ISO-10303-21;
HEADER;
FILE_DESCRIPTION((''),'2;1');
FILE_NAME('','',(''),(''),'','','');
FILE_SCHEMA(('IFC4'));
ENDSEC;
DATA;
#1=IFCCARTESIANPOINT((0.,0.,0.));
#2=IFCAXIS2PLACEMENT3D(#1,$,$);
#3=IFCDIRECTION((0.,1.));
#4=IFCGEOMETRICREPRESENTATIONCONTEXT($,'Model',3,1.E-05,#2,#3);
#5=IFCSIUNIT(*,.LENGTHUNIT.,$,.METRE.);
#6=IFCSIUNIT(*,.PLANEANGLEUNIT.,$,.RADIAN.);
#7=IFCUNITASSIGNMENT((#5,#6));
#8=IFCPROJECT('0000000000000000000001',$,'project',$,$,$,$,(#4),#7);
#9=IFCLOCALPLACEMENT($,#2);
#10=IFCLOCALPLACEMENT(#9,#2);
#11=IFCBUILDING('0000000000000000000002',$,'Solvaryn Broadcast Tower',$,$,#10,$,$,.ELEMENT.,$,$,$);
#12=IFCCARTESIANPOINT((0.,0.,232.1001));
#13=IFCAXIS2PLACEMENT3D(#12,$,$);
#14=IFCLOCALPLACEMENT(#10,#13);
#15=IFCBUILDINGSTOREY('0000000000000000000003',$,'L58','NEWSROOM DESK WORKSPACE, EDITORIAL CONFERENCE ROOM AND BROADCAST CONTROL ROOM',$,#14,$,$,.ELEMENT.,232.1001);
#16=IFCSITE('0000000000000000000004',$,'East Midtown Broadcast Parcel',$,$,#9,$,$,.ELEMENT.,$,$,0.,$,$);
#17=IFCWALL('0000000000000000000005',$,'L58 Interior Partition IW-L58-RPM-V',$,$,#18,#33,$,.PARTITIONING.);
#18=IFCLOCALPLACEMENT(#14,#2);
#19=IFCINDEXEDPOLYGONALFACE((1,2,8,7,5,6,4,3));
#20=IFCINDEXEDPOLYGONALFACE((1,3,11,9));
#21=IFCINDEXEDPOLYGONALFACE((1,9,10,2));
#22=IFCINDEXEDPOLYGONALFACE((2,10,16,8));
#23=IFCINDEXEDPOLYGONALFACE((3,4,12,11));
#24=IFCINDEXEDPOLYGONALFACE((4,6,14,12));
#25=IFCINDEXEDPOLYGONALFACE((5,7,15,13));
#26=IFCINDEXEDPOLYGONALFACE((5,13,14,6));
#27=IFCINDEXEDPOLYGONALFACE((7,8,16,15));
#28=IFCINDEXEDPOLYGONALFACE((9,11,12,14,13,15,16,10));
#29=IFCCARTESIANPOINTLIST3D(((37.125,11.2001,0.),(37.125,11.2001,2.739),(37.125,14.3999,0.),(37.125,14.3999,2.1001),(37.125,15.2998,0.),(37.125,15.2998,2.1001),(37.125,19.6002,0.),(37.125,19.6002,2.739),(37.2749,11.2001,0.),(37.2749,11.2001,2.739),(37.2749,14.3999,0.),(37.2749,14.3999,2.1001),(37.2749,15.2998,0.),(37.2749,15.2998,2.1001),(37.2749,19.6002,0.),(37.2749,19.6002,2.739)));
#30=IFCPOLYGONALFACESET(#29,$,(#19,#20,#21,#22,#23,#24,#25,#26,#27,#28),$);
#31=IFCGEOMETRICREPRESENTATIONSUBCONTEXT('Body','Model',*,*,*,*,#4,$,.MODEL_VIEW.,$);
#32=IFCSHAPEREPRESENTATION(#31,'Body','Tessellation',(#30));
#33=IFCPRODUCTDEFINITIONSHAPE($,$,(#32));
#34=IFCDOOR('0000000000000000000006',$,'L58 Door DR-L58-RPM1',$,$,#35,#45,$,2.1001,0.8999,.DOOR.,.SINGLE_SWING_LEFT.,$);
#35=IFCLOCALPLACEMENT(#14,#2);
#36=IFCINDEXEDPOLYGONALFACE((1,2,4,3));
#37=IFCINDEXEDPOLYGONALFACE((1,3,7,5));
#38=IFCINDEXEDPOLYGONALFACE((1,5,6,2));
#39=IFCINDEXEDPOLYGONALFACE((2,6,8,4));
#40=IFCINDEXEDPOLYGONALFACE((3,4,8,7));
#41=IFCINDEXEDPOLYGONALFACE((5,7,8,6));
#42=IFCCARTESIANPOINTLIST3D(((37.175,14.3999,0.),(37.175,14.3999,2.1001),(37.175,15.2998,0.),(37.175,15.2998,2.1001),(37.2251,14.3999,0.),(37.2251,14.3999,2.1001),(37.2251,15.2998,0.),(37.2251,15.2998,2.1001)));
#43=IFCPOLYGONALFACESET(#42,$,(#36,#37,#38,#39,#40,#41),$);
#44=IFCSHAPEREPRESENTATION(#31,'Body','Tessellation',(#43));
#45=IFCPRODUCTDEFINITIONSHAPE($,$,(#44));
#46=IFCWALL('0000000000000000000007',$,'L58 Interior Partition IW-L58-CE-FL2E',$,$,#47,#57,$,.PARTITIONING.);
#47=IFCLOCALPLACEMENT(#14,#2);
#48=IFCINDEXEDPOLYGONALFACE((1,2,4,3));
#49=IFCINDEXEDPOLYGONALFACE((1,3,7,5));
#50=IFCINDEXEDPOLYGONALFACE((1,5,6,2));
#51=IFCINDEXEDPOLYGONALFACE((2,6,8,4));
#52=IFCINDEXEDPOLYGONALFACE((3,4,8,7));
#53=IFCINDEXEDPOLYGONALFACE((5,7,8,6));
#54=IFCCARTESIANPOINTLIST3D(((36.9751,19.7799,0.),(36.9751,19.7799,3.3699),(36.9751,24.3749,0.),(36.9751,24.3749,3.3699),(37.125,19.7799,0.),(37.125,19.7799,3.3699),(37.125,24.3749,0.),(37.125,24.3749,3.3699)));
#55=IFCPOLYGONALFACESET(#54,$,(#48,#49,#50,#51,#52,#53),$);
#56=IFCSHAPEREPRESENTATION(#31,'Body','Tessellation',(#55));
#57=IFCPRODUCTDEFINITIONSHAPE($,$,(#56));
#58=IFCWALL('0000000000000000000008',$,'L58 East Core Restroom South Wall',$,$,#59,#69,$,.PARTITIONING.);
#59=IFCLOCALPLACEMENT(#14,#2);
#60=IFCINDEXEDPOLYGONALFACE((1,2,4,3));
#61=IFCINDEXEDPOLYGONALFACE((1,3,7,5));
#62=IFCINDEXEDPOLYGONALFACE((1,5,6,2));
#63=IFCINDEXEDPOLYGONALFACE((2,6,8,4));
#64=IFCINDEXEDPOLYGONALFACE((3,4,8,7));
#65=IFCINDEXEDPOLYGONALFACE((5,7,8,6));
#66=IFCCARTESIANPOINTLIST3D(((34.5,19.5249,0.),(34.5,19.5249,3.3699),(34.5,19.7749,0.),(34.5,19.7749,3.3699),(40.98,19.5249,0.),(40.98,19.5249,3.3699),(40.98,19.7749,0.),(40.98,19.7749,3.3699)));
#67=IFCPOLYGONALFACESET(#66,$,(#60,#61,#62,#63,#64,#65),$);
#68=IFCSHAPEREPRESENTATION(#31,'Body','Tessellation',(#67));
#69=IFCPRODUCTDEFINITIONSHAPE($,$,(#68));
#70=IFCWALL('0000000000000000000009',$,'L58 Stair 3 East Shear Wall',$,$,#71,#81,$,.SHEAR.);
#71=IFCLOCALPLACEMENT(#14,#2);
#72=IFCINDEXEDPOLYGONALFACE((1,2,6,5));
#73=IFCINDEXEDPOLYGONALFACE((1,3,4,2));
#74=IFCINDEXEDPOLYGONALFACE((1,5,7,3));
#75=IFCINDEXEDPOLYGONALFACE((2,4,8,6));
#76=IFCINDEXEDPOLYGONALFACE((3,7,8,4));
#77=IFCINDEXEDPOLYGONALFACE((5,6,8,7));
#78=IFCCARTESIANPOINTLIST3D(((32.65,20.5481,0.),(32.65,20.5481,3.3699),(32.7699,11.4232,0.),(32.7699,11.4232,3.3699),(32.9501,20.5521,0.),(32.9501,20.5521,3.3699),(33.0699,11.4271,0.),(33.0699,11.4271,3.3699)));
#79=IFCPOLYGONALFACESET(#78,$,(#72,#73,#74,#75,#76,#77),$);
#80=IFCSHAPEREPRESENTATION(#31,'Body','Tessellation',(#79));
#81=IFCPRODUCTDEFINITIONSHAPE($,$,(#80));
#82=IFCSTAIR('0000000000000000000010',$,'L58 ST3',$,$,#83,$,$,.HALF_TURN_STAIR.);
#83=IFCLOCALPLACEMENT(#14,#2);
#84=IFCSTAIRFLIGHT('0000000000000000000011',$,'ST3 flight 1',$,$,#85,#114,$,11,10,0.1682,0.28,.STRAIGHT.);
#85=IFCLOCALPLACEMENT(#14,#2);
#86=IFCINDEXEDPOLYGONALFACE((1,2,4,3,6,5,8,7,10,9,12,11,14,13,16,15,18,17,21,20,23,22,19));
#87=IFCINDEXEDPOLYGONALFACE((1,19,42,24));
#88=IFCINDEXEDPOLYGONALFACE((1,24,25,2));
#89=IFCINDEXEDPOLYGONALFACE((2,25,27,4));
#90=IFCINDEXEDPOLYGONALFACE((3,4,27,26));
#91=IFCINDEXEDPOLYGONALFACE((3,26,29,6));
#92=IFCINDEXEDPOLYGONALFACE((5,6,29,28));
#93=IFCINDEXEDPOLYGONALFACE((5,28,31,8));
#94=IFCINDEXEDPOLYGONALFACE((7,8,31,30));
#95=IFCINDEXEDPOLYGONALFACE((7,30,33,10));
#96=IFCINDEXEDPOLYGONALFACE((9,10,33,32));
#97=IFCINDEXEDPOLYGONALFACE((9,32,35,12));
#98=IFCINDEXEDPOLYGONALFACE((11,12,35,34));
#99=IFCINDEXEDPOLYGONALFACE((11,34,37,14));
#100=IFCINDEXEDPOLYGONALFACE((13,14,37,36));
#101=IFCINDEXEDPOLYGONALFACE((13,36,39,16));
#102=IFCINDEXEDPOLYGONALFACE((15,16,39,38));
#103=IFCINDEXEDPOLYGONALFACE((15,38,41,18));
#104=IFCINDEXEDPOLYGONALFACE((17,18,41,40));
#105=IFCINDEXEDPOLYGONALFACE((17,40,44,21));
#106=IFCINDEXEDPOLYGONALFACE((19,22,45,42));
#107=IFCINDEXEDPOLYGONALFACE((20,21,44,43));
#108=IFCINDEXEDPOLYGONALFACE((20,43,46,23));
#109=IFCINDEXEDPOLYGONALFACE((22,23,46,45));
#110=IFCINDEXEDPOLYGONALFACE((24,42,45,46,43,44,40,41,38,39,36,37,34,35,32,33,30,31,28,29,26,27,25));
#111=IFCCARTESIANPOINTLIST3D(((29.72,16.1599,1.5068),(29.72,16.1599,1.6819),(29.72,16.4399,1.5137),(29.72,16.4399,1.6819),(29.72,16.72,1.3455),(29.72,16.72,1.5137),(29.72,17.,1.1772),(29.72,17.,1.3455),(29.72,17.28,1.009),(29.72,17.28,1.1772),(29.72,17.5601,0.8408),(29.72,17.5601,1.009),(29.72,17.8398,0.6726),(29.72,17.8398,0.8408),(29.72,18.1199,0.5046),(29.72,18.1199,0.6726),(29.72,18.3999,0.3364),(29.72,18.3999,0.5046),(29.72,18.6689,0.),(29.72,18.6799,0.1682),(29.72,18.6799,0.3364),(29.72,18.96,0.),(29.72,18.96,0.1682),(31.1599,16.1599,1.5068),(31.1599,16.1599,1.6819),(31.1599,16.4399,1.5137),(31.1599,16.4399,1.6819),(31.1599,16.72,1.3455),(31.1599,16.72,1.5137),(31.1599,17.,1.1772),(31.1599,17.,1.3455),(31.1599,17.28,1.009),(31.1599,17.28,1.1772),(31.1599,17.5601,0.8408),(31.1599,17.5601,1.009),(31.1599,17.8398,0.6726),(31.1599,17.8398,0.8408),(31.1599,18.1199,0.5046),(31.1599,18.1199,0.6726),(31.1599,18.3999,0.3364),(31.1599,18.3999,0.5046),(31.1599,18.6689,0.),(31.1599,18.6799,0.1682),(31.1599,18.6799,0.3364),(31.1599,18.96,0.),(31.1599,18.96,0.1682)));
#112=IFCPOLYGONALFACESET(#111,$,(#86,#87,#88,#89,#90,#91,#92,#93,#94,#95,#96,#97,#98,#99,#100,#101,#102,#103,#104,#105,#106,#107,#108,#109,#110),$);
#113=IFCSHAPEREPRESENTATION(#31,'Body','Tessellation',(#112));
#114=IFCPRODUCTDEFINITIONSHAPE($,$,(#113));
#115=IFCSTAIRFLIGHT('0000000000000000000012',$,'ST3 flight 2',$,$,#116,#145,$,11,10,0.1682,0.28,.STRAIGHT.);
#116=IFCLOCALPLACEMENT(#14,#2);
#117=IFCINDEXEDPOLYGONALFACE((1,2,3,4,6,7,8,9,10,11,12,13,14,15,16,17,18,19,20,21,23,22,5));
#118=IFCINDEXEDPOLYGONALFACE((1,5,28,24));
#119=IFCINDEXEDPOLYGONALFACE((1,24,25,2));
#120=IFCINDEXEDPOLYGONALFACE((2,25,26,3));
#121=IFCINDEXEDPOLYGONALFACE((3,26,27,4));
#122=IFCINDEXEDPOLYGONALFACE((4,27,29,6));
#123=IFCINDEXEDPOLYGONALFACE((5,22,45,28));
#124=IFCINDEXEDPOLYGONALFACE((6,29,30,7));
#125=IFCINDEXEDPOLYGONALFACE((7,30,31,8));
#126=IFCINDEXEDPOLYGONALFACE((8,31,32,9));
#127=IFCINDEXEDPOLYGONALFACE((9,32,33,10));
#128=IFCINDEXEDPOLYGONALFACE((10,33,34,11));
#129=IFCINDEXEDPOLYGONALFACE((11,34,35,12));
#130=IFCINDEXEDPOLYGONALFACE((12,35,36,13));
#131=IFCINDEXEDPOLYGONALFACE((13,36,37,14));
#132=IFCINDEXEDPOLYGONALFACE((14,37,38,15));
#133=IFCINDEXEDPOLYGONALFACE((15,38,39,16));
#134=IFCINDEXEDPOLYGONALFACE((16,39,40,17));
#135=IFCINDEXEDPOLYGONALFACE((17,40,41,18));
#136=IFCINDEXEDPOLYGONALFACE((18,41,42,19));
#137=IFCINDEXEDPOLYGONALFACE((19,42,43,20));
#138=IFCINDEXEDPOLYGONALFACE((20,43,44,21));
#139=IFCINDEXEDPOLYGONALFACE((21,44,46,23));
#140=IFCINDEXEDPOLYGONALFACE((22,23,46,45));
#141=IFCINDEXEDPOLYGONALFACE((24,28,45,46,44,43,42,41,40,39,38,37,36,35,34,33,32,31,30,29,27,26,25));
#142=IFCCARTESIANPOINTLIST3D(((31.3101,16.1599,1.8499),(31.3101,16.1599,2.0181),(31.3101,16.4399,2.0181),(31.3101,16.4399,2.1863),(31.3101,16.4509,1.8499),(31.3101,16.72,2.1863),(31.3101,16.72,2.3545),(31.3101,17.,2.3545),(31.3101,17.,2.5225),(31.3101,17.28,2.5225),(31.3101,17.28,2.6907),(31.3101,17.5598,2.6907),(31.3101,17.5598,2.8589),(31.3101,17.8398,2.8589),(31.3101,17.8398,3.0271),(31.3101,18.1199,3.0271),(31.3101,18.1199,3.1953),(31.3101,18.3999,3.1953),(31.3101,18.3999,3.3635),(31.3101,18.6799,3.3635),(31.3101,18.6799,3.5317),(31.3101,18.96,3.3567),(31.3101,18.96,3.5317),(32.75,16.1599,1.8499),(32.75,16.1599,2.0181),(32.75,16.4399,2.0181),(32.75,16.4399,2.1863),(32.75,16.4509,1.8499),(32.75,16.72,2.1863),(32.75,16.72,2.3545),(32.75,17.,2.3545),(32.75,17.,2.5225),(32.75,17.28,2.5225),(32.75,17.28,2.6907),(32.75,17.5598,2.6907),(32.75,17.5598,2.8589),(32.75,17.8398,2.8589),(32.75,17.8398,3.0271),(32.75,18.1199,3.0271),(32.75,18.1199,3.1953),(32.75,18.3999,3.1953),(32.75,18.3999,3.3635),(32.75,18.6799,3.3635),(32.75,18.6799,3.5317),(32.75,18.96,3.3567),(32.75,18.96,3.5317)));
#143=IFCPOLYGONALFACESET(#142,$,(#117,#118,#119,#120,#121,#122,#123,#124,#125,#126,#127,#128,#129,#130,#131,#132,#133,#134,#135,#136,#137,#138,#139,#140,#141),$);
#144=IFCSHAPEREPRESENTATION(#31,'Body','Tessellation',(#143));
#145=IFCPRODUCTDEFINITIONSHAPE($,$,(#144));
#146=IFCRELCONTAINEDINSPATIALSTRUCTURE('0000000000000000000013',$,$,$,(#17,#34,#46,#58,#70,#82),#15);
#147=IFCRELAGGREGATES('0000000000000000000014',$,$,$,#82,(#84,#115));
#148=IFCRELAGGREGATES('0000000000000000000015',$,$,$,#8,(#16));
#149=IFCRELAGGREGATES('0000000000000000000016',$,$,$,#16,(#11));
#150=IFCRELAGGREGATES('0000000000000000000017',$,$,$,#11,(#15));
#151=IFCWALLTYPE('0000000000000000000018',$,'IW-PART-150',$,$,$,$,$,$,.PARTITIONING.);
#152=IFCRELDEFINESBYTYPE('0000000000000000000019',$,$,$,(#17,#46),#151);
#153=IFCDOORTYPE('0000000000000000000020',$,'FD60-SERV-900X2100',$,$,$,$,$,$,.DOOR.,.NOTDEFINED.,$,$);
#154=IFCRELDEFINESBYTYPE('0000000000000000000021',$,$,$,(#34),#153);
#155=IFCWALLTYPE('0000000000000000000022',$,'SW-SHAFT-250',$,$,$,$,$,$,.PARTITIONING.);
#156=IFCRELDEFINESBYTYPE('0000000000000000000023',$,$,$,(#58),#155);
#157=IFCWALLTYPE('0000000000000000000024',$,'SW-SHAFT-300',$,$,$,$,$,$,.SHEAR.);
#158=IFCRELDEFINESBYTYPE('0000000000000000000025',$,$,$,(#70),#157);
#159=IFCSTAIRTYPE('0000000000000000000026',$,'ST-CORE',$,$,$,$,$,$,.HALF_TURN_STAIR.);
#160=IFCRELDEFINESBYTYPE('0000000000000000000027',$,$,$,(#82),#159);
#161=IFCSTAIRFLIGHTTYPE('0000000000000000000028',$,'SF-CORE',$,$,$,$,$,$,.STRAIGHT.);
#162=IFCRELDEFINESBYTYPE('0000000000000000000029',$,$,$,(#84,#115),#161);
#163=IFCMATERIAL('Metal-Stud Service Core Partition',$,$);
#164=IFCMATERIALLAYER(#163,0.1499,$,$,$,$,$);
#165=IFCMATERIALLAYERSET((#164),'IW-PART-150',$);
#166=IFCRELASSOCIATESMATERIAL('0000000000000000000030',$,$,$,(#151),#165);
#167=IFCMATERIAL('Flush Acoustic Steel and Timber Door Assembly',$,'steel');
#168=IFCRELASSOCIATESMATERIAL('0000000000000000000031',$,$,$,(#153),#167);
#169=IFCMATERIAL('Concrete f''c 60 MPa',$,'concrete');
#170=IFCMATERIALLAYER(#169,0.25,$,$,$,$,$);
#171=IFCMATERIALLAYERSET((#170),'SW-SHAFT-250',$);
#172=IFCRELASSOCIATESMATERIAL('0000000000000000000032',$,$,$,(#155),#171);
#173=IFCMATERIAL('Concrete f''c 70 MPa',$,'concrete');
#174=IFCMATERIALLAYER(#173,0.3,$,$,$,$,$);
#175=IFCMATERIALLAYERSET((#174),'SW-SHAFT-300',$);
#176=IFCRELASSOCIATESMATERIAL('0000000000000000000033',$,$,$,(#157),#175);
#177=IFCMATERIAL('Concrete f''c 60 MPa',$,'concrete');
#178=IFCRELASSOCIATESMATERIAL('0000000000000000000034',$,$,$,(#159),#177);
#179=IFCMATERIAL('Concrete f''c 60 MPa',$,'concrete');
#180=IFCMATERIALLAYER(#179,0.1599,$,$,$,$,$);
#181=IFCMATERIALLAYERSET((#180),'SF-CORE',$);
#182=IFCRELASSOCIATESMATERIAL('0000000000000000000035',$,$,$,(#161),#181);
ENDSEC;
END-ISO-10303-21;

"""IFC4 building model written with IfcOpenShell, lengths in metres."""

from ifc_helpers import new_model, si_unit, direction, frame, frame_2d, origin, place, context, subcontext, project, spatial, polyline, rectangle, outline, extrude, material, layer, layer_set, type_object, element, fill, aggregate, save


model = new_model("IFC4")

# Units and contexts
model_context = context("Model", 3, precision=1e-05, world=origin(), true_north=direction((0.0, 1.0)))
body_context = subcontext(model_context, "Body", "Model", "MODEL_VIEW")
ifc_project = project(units=[si_unit("LENGTHUNIT", "METRE"), si_unit("PLANEANGLEUNIT", "RADIAN")], contexts=[model_context])

# Site, building, storey
site_placement = place(None, origin())
site = spatial("IfcSite", under=ifc_project, at=site_placement, Name="East Midtown Broadcast Parcel", CompositionType="ELEMENT", RefElevation=0.0)
building_placement = place(site_placement, origin())
building = spatial("IfcBuilding", under=site, at=building_placement, Name="Solvaryn Broadcast Tower", CompositionType="ELEMENT")
storey_placement = place(building_placement, frame((0.0, 0.0, 232.1001)))
storey = spatial("IfcBuildingStorey", under=building, at=storey_placement, Name="L58", Description="NEWSROOM DESK WORKSPACE, EDITORIAL CONFERENCE ROOM AND BROADCAST CONTROL ROOM", CompositionType="ELEMENT", Elevation=232.1001)

# Wall, opening, door
ifc_material_1 = material(Name="Metal-Stud Service Core Partition")
ifc_layer_1 = layer(ifc_material_1, 0.1499)
ifc_layer_set_1 = layer_set([ifc_layer_1], Name="IW-PART-150")
wall_type_1 = type_object("IfcWallType", Name="IW-PART-150", PredefinedType="PARTITIONING", material=ifc_layer_set_1)
wall_1_placement = place(storey_placement, frame((37.2, 11.2, 0.0), z_axis=(0.0, 0.0, 1.0), x_axis=(0.0, 1.0, 0.0)))
wall_1 = element("IfcWall", 1, at=wall_1_placement, inside=storey, type_object=wall_type_1, Name="L58 Interior Partition IW-L58-RPM-V", PredefinedType="PARTITIONING", context=body_context, shape_type="SweptSolid", body=[
    extrude(rectangle(XDim=8.4001, YDim=0.1499, at=frame_2d((4.2002, 0.0))), origin(), (0.0, 0.0, 1.0), 2.739),
])
opening_placement = place(wall_1_placement, frame((3.2, 0.0, 0.0)))
opening = element("IfcOpeningElement", 2, at=opening_placement, cuts=wall_1, PredefinedType="OPENING", context=body_context, shape_type="SweptSolid", body=[
    extrude(rectangle(XDim=0.8999, YDim=2.1001, at=frame_2d((0.45, 1.05))), frame((0.0, 0.085, 0.0), z_axis=(0.0, -1.0, 0.0), x_axis=(1.0, 0.0, 0.0)), (0.0, 0.0, 1.0), 0.1699),
])
ifc_material_2 = material(Name="Flush Acoustic Steel and Timber Door Assembly", Category="steel")
door_type = type_object("IfcDoorType", Name="FD60-SERV-900X2100", OperationType="NOTDEFINED", PredefinedType="DOOR", material=ifc_material_2)
door_placement = place(opening_placement, origin())
door = element("IfcDoor", 3, at=door_placement, inside=storey, type_object=door_type, Name="L58 Door DR-L58-RPM1", OperationType="SINGLE_SWING_LEFT", OverallHeight=2.1001, OverallWidth=0.8999, PredefinedType="DOOR", context=body_context, shape_type="SweptSolid", body=[
    extrude(rectangle(XDim=0.8999, YDim=2.1001, at=frame_2d((0.45, 1.05))), frame((0.0, 0.0249, 0.0), z_axis=(0.0, -1.0, 0.0), x_axis=(1.0, 0.0, 0.0)), (0.0, 0.0, 1.0), 0.05),
])
fill(opening, door)

# Walls
wall_2_placement = place(storey_placement, frame((37.05, 19.78, 0.0), z_axis=(0.0, 0.0, 1.0), x_axis=(0.0, 1.0, 0.0)))
element("IfcWall", 4, at=wall_2_placement, inside=storey, type_object=wall_type_1, Name="L58 Interior Partition IW-L58-CE-FL2E", PredefinedType="PARTITIONING", context=body_context, shape_type="SweptSolid", body=[
    extrude(rectangle(XDim=4.595, YDim=0.1499, at=frame_2d((2.2974, 0.0))), origin(), (0.0, 0.0, 1.0), 3.3699),
])
ifc_material_3 = material(Name="Concrete f'c 60 MPa", Category="concrete")
ifc_layer_2 = layer(ifc_material_3, 0.25)
ifc_layer_set_2 = layer_set([ifc_layer_2], Name="SW-SHAFT-250")
wall_type_2 = type_object("IfcWallType", Name="SW-SHAFT-250", PredefinedType="PARTITIONING", material=ifc_layer_set_2)
wall_3_placement = place(storey_placement, frame((34.5, 19.6499, 0.0), z_axis=(0.0, 0.0, 1.0), x_axis=(1.0, 0.0, 0.0)))
element("IfcWall", 5, at=wall_3_placement, inside=storey, type_object=wall_type_2, Name="L58 East Core Restroom South Wall", PredefinedType="PARTITIONING", context=body_context, shape_type="SweptSolid", body=[
    extrude(rectangle(XDim=6.48, YDim=0.25, at=frame_2d((3.24, 0.0))), origin(), (0.0, 0.0, 1.0), 3.3699),
])
ifc_material_4 = material(Name="Concrete f'c 70 MPa", Category="concrete")
ifc_layer_3 = layer(ifc_material_4, 0.3)
ifc_layer_set_3 = layer_set([ifc_layer_3], Name="SW-SHAFT-300")
wall_type_3 = type_object("IfcWallType", Name="SW-SHAFT-300", PredefinedType="SHEAR", material=ifc_layer_set_3)
wall_4_placement = place(storey_placement, frame((32.9199, 11.425, 0.0), z_axis=(0.0, 0.0, 1.0), x_axis=(-0.013136, 0.999914, 0.0)))
element("IfcWall", 6, at=wall_4_placement, inside=storey, type_object=wall_type_3, Name="L58 Stair 3 East Shear Wall", PredefinedType="SHEAR", context=body_context, shape_type="SweptSolid", body=[
    extrude(rectangle(XDim=9.1257, YDim=0.3, at=frame_2d((4.563, 0.0))), origin(), (0.0, 0.0, 1.0), 3.3699),
])

# Stair, stair flights
ifc_material_5 = material(Name="Concrete f'c 60 MPa", Category="concrete")
stair_type = type_object("IfcStairType", Name="ST-CORE", PredefinedType="HALF_TURN_STAIR", material=ifc_material_5)
stair_placement = place(storey_placement, origin())
stair = element("IfcStair", 7, at=stair_placement, inside=storey, type_object=stair_type, Name="L58 ST3", PredefinedType="HALF_TURN_STAIR")
ifc_material_6 = material(Name="Concrete f'c 60 MPa", Category="concrete")
ifc_layer_4 = layer(ifc_material_6, 0.1599)
ifc_layer_set_4 = layer_set([ifc_layer_4], Name="SF-CORE")
stair_flight_type = type_object("IfcStairFlightType", Name="SF-CORE", PredefinedType="STRAIGHT", material=ifc_layer_set_4)
stair_flight_1_placement = place(storey_placement, frame((30.4399, 18.96, 0.0), z_axis=(0.0, 0.0, 1.0), x_axis=(0.0, -1.0, 0.0)))
stair_flight_1 = element("IfcStairFlight", 8, at=stair_flight_1_placement, type_object=stair_flight_type, Name="ST3 flight 1", NumberOfRisers=11, NumberOfTreads=10, PredefinedType="STRAIGHT", RiserHeight=0.1682, TreadLength=0.28, context=body_context, shape_type="SweptSolid", body=[
    extrude(outline(polyline([(0.0, 0.0), (0.0, 0.1682), (0.28, 0.1682), (0.28, 0.3364), (0.5601, 0.3364), (0.5601, 0.5046), (0.8401, 0.5046), (0.8401, 0.6726), (1.1201, 0.6726), (1.1201, 0.8408), (1.3999, 0.8408), (1.3999, 1.009), (1.6799, 1.009), (1.6799, 1.1772), (1.96, 1.1772), (1.96, 1.3455), (2.24, 1.3455), (2.24, 1.5137), (2.52, 1.5137), (2.52, 1.6819), (2.8, 1.6819), (2.8, 1.8501), (2.8, 1.5068), (0.291, 0.0), (0.0, 0.0)])), frame((0.0, 0.72, 0.0), z_axis=(0.0, -1.0, 0.0), x_axis=(1.0, 0.0, 0.0)), (0.0, 0.0, 1.0), 1.4399),
])
stair_flight_2_placement = place(storey_placement, frame((32.03, 16.1599, 1.8499), z_axis=(0.0, 0.0, 1.0), x_axis=(0.0, 1.0, 0.0)))
stair_flight_2 = element("IfcStairFlight", 9, at=stair_flight_2_placement, type_object=stair_flight_type, Name="ST3 flight 2", NumberOfRisers=11, NumberOfTreads=10, PredefinedType="STRAIGHT", RiserHeight=0.1682, TreadLength=0.28, context=body_context, shape_type="SweptSolid", body=[
    extrude(outline(polyline([(0.0, 0.0), (0.0, 0.1682), (0.28, 0.1682), (0.28, 0.3364), (0.5601, 0.3364), (0.5601, 0.5046), (0.8401, 0.5046), (0.8401, 0.6726), (1.1201, 0.6726), (1.1201, 0.8408), (1.3999, 0.8408), (1.3999, 1.009), (1.6799, 1.009), (1.6799, 1.1772), (1.96, 1.1772), (1.96, 1.3455), (2.24, 1.3455), (2.24, 1.5137), (2.52, 1.5137), (2.52, 1.6819), (2.8, 1.6819), (2.8, 1.8501), (2.8, 1.5068), (0.291, 0.0), (0.0, 0.0)])), frame((0.0, 0.72, 0.0), z_axis=(0.0, -1.0, 0.0), x_axis=(1.0, 0.0, 0.0)), (0.0, 0.0, 1.0), 1.4399),
])
aggregate(stair, [stair_flight_1, stair_flight_2])

save(model, "model.ifc")
